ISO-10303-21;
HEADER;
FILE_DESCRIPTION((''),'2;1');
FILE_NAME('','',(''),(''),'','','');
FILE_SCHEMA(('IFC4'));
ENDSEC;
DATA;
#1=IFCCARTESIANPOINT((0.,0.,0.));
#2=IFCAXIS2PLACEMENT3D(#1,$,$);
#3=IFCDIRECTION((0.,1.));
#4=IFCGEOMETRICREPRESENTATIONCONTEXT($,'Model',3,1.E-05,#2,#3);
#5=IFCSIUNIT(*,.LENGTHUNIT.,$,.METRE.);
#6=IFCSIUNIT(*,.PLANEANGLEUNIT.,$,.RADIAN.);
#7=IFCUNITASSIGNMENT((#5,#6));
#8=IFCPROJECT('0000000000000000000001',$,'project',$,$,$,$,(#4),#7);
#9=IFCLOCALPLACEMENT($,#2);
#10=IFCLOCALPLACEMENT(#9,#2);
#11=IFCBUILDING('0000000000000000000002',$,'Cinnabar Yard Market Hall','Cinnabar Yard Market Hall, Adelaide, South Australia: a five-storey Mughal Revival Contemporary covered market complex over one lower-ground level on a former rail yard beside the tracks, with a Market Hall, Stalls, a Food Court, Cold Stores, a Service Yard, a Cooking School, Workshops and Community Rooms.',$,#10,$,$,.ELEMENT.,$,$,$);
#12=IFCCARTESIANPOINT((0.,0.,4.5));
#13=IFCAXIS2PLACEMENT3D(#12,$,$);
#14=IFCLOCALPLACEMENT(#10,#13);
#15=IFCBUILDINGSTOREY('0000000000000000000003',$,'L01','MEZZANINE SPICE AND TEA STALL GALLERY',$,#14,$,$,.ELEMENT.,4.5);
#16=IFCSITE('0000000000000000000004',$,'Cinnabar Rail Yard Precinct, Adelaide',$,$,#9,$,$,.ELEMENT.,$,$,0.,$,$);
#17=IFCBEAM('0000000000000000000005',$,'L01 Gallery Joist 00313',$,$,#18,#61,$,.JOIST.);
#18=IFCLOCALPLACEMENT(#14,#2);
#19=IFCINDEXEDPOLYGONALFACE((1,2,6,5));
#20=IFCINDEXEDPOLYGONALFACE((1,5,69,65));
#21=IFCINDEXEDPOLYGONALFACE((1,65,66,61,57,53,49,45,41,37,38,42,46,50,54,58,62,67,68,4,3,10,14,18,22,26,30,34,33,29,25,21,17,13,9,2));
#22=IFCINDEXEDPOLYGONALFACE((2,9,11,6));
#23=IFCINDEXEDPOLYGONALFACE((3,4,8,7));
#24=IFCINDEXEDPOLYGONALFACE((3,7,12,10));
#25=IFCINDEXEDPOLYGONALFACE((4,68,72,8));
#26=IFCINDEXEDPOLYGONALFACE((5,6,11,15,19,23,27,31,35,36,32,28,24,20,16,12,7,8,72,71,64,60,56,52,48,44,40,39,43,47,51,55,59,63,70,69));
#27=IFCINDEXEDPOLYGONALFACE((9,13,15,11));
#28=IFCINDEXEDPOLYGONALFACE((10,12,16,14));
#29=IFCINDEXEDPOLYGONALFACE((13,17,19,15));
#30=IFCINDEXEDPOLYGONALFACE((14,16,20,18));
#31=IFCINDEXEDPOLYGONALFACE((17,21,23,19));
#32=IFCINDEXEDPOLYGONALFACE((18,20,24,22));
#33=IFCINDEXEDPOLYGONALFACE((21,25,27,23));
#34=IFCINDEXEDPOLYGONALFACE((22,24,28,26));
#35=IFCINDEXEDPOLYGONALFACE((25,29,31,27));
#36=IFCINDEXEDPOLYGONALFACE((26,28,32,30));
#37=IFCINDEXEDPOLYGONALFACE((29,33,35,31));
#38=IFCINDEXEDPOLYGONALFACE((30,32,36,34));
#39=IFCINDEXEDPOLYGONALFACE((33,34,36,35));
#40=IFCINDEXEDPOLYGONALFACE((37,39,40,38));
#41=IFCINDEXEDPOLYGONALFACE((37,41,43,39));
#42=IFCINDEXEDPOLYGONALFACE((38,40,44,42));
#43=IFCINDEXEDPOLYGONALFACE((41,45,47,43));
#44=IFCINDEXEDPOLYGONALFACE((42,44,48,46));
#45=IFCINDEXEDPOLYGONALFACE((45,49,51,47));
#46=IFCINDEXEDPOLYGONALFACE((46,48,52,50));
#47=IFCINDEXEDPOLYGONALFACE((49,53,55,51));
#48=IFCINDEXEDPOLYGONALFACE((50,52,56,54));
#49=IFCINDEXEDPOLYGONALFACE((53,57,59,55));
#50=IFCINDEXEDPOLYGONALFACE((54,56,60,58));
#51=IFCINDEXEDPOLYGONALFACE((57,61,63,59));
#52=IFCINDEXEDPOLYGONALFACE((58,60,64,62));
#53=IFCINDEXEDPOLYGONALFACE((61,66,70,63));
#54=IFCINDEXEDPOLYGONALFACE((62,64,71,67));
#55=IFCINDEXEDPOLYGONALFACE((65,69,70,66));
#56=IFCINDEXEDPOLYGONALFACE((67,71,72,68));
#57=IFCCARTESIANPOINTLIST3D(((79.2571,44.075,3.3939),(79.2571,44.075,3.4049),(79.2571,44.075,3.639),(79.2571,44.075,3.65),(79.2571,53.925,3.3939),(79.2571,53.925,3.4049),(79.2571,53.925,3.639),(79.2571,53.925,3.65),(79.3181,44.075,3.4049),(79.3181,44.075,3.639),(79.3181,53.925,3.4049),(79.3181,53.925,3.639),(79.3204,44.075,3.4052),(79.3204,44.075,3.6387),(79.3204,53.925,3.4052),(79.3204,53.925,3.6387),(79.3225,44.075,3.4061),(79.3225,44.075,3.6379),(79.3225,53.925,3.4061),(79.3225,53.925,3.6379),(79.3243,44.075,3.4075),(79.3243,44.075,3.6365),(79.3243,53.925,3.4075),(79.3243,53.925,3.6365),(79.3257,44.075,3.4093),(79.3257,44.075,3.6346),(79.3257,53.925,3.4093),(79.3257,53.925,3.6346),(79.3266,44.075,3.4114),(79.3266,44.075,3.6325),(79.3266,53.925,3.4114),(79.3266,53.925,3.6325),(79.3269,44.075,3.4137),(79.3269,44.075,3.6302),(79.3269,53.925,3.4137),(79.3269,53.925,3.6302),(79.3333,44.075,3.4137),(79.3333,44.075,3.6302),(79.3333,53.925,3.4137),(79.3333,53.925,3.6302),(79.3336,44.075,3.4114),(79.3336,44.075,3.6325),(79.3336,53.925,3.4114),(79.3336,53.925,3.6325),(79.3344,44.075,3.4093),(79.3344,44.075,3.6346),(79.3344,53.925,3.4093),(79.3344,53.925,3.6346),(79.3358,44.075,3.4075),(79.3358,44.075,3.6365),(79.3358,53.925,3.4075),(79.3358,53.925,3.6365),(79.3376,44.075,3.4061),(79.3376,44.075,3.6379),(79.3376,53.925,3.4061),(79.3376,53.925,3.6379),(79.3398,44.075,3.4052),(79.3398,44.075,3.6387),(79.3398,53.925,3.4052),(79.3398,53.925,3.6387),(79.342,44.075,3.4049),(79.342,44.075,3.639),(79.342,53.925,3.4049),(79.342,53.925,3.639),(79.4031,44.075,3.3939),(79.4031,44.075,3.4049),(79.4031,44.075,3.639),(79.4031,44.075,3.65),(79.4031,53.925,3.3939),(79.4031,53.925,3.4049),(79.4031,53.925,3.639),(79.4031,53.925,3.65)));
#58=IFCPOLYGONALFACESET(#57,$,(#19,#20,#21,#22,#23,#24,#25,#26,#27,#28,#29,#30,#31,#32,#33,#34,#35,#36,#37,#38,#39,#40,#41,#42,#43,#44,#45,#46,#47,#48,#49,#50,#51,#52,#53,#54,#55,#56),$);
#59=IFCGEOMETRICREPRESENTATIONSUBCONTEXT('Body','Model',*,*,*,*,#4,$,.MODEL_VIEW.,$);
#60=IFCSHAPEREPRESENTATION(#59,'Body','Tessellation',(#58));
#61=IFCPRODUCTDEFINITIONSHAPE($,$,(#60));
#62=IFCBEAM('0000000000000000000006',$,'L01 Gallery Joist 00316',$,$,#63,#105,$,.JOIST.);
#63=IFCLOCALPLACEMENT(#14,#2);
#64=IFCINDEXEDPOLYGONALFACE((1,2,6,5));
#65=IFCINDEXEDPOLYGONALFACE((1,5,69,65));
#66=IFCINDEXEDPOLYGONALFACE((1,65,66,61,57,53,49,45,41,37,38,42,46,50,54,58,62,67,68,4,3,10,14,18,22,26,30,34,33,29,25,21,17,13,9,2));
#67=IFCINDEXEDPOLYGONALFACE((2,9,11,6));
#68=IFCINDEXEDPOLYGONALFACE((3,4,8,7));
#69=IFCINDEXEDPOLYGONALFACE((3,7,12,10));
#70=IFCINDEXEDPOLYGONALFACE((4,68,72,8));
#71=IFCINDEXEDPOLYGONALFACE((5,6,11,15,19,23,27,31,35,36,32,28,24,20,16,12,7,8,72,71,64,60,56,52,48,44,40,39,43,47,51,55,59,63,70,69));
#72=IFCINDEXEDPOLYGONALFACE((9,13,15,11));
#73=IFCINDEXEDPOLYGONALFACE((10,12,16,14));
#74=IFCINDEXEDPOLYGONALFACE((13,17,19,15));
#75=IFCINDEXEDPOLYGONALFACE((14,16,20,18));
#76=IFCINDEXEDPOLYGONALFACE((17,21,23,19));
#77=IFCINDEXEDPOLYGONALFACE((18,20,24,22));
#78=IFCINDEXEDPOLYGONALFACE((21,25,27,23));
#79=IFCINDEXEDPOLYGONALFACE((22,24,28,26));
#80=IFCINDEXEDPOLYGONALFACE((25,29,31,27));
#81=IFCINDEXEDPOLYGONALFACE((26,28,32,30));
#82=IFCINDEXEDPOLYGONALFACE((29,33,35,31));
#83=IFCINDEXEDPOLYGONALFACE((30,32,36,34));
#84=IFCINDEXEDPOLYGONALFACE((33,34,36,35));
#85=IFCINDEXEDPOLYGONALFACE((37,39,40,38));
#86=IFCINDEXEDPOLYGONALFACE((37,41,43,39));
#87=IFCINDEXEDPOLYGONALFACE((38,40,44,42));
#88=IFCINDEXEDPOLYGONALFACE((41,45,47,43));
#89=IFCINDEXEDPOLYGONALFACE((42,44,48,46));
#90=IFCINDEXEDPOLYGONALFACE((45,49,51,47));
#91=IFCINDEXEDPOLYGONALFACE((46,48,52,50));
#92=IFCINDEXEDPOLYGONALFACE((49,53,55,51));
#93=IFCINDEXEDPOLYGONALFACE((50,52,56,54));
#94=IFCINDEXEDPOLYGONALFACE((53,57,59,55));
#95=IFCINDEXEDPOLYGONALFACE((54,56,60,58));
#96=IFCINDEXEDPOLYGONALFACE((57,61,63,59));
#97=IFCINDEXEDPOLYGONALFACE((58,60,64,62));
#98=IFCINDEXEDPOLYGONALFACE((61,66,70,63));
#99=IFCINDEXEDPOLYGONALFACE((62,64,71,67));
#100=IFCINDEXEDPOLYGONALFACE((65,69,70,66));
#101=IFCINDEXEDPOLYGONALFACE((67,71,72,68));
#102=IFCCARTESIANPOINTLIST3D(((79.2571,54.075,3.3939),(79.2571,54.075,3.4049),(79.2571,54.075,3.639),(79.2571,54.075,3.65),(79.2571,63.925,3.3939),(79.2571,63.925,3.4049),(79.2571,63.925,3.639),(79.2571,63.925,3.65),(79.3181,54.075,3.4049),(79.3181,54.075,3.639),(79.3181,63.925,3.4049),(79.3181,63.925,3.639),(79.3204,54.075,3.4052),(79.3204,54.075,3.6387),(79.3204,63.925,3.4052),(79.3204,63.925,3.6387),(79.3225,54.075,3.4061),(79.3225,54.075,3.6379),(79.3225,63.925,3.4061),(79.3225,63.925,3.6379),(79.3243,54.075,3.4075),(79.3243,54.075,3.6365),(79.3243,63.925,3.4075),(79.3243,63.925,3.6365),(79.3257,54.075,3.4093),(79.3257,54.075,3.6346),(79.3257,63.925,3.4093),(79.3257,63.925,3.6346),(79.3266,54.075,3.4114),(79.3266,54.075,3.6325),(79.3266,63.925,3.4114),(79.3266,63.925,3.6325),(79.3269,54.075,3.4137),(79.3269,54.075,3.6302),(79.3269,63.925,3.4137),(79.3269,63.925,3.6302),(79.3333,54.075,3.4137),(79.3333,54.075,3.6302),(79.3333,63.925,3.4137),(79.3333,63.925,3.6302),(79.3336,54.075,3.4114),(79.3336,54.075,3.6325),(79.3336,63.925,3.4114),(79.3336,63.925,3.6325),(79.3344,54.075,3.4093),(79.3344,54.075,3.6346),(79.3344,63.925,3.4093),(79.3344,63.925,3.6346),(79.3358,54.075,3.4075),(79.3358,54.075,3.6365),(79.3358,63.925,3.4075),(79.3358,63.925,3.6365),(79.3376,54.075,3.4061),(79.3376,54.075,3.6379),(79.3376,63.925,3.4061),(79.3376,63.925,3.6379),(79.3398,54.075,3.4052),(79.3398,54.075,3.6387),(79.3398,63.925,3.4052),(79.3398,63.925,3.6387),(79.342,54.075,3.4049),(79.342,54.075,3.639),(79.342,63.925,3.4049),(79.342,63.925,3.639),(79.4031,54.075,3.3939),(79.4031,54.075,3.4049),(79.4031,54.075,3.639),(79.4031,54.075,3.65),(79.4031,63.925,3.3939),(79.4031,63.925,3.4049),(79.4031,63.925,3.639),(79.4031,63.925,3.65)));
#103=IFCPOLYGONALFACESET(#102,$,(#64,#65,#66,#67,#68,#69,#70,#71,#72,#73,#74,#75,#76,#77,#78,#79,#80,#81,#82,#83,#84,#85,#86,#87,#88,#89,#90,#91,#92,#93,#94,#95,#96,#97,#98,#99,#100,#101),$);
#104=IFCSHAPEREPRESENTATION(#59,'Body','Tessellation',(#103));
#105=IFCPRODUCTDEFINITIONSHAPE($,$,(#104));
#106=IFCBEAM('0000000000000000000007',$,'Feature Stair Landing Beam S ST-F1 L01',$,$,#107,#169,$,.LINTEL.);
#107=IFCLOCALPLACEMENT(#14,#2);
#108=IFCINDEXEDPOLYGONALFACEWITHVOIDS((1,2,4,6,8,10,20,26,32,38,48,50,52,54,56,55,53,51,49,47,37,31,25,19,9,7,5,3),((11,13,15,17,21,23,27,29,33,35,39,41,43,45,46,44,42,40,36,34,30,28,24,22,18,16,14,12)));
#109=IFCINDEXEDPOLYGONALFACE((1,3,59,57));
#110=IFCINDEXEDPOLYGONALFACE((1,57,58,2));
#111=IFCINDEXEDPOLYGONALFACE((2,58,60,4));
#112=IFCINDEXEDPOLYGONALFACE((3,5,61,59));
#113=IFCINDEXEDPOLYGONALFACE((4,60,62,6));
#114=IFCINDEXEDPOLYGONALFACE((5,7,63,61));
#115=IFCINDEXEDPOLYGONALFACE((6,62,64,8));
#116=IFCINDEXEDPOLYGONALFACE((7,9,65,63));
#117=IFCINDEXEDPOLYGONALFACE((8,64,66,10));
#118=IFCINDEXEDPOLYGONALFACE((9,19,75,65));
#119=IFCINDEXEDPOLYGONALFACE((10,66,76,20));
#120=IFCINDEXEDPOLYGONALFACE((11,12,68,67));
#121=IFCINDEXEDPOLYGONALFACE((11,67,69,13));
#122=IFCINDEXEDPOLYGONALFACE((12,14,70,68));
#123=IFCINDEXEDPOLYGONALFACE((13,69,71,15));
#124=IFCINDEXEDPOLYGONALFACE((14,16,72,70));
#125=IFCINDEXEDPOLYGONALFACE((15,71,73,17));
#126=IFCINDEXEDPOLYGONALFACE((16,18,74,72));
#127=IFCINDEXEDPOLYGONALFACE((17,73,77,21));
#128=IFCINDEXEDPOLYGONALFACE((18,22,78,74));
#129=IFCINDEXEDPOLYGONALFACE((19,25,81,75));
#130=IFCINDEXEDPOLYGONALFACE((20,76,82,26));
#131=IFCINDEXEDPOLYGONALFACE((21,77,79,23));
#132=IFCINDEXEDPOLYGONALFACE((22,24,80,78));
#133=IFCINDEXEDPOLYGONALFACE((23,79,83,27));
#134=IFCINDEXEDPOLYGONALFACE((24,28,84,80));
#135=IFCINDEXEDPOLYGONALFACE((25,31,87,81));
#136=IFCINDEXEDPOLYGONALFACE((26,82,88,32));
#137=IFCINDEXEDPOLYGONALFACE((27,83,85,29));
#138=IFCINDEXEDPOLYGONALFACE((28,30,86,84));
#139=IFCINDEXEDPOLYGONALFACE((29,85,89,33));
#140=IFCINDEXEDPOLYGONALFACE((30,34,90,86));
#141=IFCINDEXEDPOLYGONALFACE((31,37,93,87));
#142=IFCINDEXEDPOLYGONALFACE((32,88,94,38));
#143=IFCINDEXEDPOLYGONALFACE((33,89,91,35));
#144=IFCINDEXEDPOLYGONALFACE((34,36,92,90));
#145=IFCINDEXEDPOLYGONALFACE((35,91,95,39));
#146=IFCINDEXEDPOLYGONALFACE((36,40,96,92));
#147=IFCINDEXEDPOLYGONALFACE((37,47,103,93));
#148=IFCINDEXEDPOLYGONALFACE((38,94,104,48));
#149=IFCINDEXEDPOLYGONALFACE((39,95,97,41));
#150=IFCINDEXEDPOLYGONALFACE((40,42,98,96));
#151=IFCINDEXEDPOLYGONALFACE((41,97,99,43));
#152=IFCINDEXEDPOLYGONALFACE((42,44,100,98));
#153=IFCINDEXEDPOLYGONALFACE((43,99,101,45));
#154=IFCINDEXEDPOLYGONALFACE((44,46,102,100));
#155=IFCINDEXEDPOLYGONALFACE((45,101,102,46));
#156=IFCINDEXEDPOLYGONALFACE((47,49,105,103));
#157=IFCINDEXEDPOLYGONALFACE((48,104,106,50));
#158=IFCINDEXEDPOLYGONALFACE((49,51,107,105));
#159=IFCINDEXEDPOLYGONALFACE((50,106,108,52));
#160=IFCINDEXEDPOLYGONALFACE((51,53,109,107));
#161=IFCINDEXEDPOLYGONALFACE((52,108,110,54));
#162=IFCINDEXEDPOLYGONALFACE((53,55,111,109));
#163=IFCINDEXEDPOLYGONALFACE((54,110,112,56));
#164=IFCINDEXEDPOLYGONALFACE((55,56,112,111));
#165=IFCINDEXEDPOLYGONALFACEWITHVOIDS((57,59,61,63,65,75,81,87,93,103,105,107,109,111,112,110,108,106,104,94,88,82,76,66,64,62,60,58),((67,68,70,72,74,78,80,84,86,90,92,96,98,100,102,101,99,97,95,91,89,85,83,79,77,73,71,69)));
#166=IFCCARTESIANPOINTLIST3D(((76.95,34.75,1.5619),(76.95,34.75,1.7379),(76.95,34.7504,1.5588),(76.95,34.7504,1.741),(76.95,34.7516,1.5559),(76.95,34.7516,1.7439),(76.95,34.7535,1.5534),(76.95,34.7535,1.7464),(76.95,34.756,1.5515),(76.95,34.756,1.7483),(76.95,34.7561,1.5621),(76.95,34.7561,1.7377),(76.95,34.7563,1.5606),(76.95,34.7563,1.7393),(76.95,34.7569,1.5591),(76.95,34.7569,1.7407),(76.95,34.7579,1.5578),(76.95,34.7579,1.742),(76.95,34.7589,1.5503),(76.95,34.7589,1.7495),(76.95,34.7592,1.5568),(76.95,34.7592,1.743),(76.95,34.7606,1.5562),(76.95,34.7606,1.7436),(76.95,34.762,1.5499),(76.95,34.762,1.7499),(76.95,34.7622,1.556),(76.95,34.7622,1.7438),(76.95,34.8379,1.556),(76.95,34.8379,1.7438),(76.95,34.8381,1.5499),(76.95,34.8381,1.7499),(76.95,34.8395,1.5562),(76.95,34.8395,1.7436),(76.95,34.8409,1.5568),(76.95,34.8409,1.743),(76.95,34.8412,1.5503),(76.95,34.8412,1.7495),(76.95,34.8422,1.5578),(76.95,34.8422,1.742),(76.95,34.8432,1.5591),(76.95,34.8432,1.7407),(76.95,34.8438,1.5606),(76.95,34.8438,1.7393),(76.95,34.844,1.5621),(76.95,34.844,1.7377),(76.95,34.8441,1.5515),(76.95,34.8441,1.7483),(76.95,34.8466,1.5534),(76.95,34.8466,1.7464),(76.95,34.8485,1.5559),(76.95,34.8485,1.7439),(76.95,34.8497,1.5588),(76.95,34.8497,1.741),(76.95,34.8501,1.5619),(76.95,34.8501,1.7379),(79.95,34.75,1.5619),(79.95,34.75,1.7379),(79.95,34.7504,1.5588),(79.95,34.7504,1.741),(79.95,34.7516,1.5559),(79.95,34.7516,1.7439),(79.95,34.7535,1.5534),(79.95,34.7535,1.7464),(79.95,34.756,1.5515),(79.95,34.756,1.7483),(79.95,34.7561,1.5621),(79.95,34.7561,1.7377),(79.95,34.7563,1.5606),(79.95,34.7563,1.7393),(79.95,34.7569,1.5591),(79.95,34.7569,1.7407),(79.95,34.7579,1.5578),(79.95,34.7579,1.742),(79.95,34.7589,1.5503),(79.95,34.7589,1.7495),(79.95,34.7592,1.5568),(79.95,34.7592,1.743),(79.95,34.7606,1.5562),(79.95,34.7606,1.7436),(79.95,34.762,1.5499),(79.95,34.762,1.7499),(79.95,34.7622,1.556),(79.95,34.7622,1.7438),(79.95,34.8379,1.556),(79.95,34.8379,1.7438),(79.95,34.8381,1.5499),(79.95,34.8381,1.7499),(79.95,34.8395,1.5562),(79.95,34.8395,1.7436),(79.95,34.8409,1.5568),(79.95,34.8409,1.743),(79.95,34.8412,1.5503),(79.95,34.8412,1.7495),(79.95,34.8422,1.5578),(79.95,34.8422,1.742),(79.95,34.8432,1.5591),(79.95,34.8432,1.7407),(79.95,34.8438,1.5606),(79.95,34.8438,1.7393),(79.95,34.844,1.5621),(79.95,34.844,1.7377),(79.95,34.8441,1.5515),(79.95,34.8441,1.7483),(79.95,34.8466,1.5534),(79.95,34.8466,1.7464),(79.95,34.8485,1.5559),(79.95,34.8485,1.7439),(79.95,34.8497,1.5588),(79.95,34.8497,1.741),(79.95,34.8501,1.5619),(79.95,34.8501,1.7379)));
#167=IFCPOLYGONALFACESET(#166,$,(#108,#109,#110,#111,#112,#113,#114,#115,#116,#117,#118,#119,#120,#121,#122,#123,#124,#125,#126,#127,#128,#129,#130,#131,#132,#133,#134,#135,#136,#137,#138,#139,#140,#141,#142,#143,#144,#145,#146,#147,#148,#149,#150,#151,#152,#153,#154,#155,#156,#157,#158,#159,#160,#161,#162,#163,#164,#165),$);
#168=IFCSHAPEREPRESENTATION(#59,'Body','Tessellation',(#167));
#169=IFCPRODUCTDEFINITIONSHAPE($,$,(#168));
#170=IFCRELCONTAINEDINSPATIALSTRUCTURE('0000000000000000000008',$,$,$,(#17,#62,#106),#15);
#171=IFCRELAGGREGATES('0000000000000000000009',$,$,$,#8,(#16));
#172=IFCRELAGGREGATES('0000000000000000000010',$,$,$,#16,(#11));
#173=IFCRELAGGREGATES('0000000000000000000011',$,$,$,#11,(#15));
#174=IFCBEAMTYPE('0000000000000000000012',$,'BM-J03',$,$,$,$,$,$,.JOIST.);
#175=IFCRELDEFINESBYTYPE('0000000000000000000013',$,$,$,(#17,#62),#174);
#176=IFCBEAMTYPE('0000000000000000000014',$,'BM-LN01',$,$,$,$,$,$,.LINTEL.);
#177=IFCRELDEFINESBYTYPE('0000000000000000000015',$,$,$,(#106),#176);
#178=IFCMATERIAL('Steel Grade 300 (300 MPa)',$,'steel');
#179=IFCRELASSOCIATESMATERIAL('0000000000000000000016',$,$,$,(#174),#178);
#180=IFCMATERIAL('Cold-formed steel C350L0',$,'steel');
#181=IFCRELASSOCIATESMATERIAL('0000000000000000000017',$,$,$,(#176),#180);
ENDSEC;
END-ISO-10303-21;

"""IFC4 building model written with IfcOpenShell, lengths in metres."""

from ifc_helpers import new_model, si_unit, direction, frame, origin, origin_2d_with_axis, place, context, subcontext, project, spatial, hollow_rectangle, i_section, extrude, material, material_profile, profile_set, type_object, element, save


model = new_model("IFC4")

# Units and contexts
model_context = context("Model", 3, precision=1e-05, world=origin(), true_north=direction((0.0, 1.0)))
body_context = subcontext(model_context, "Body", "Model", "MODEL_VIEW")
ifc_project = project(units=[si_unit("LENGTHUNIT", "METRE"), si_unit("PLANEANGLEUNIT", "RADIAN")], contexts=[model_context])

# Site, building, storey
site_placement = place(None, origin())
site = spatial("IfcSite", under=ifc_project, at=site_placement, Name="Cinnabar Rail Yard Precinct, Adelaide", CompositionType="ELEMENT", RefElevation=0.0)
building_placement = place(site_placement, origin())
building = spatial("IfcBuilding", under=site, at=building_placement, Name="Cinnabar Yard Market Hall", Description="Cinnabar Yard Market Hall, Adelaide, South Australia: a five-storey Mughal Revival Contemporary covered market complex over one lower-ground level on a former rail yard beside the tracks, with a Market Hall, Stalls, a Food Court, Cold Stores, a Service Yard, a Cooking School, Workshops and Community Rooms.", CompositionType="ELEMENT")
storey_placement = place(building_placement, frame((0.0, 0.0, 4.5)))
storey = spatial("IfcBuildingStorey", under=building, at=storey_placement, Name="L01", Description="MEZZANINE SPICE AND TEA STALL GALLERY", CompositionType="ELEMENT", Elevation=4.5)

# Shared definitions
ifc_material_1 = material(Name="Cold-formed steel C350L0", Category="steel")

# Beams
ifc_material_2 = material(Name="Steel Grade 300 (300 MPa)", Category="steel")
ifc_material_profile_1 = material_profile(ifc_material_2, i_section(OverallWidth=0.146, OverallDepth=0.2561, WebThickness=0.0063, FlangeThickness=0.011, FilletRadius=0.0088, at=origin_2d_with_axis()), Name="250UB37.3")
ifc_profile_set_1 = profile_set([ifc_material_profile_1], Name="Steel Grade 300 (300 MPa)")
beam_type_1 = type_object("IfcBeamType", Name="BM-J03", PredefinedType="JOIST", material=ifc_profile_set_1)
for number, where, z_axis, x_axis, name in (
    (1, (79.3301, 44.075, 3.522), (0.0, 1.0, 0.0), (-1.0, 0.0, 0.0), "L01 Gallery Joist 00313"),
    (2, (79.3301, 54.075, 3.522), (0.0, 1.0, 0.0), (-1.0, 0.0, 0.0), "L01 Gallery Joist 00316"),
):
    element("IfcBeam", number, at=place(storey_placement, frame(where, z_axis=z_axis, x_axis=x_axis)), inside=storey, type_object=beam_type_1, Name=name, PredefinedType="JOIST", context=body_context, shape_type="SweptSolid", body=[
        extrude(i_section(OverallWidth=0.146, OverallDepth=0.2561, WebThickness=0.0063, FlangeThickness=0.011, FilletRadius=0.0088, at=origin_2d_with_axis()), origin(), (0.0, 0.0, 1.0), 9.8501),
    ])
ifc_material_profile_2 = material_profile(ifc_material_1, hollow_rectangle(XDim=0.1001, YDim=0.2, WallThickness=0.0061, InnerFilletRadius=0.0061, OuterFilletRadius=0.012, at=origin_2d_with_axis()), Name="200x100x6.0RHS")
ifc_profile_set_2 = profile_set([ifc_material_profile_2], Name="Cold-formed steel C350L0")
beam_type_2 = type_object("IfcBeamType", Name="BM-LN01", PredefinedType="LINTEL", material=ifc_profile_set_2)
for number, where, z_axis, x_axis, name in (
    (3, (76.95, 34.8, 1.6499), (1.0, 0.0, 0.0), (0.0, 1.0, 0.0), "Feature Stair Landing Beam S ST-F1 L01"),
):
    element("IfcBeam", number, at=place(storey_placement, frame(where, z_axis=z_axis, x_axis=x_axis)), inside=storey, type_object=beam_type_2, Name=name, PredefinedType="LINTEL", context=body_context, shape_type="SweptSolid", body=[
        extrude(hollow_rectangle(XDim=0.1001, YDim=0.2, WallThickness=0.0061, InnerFilletRadius=0.0061, OuterFilletRadius=0.012, at=origin_2d_with_axis()), origin(), (0.0, 0.0, 1.0), 3.0),
    ])

save(model, "model.ifc")
